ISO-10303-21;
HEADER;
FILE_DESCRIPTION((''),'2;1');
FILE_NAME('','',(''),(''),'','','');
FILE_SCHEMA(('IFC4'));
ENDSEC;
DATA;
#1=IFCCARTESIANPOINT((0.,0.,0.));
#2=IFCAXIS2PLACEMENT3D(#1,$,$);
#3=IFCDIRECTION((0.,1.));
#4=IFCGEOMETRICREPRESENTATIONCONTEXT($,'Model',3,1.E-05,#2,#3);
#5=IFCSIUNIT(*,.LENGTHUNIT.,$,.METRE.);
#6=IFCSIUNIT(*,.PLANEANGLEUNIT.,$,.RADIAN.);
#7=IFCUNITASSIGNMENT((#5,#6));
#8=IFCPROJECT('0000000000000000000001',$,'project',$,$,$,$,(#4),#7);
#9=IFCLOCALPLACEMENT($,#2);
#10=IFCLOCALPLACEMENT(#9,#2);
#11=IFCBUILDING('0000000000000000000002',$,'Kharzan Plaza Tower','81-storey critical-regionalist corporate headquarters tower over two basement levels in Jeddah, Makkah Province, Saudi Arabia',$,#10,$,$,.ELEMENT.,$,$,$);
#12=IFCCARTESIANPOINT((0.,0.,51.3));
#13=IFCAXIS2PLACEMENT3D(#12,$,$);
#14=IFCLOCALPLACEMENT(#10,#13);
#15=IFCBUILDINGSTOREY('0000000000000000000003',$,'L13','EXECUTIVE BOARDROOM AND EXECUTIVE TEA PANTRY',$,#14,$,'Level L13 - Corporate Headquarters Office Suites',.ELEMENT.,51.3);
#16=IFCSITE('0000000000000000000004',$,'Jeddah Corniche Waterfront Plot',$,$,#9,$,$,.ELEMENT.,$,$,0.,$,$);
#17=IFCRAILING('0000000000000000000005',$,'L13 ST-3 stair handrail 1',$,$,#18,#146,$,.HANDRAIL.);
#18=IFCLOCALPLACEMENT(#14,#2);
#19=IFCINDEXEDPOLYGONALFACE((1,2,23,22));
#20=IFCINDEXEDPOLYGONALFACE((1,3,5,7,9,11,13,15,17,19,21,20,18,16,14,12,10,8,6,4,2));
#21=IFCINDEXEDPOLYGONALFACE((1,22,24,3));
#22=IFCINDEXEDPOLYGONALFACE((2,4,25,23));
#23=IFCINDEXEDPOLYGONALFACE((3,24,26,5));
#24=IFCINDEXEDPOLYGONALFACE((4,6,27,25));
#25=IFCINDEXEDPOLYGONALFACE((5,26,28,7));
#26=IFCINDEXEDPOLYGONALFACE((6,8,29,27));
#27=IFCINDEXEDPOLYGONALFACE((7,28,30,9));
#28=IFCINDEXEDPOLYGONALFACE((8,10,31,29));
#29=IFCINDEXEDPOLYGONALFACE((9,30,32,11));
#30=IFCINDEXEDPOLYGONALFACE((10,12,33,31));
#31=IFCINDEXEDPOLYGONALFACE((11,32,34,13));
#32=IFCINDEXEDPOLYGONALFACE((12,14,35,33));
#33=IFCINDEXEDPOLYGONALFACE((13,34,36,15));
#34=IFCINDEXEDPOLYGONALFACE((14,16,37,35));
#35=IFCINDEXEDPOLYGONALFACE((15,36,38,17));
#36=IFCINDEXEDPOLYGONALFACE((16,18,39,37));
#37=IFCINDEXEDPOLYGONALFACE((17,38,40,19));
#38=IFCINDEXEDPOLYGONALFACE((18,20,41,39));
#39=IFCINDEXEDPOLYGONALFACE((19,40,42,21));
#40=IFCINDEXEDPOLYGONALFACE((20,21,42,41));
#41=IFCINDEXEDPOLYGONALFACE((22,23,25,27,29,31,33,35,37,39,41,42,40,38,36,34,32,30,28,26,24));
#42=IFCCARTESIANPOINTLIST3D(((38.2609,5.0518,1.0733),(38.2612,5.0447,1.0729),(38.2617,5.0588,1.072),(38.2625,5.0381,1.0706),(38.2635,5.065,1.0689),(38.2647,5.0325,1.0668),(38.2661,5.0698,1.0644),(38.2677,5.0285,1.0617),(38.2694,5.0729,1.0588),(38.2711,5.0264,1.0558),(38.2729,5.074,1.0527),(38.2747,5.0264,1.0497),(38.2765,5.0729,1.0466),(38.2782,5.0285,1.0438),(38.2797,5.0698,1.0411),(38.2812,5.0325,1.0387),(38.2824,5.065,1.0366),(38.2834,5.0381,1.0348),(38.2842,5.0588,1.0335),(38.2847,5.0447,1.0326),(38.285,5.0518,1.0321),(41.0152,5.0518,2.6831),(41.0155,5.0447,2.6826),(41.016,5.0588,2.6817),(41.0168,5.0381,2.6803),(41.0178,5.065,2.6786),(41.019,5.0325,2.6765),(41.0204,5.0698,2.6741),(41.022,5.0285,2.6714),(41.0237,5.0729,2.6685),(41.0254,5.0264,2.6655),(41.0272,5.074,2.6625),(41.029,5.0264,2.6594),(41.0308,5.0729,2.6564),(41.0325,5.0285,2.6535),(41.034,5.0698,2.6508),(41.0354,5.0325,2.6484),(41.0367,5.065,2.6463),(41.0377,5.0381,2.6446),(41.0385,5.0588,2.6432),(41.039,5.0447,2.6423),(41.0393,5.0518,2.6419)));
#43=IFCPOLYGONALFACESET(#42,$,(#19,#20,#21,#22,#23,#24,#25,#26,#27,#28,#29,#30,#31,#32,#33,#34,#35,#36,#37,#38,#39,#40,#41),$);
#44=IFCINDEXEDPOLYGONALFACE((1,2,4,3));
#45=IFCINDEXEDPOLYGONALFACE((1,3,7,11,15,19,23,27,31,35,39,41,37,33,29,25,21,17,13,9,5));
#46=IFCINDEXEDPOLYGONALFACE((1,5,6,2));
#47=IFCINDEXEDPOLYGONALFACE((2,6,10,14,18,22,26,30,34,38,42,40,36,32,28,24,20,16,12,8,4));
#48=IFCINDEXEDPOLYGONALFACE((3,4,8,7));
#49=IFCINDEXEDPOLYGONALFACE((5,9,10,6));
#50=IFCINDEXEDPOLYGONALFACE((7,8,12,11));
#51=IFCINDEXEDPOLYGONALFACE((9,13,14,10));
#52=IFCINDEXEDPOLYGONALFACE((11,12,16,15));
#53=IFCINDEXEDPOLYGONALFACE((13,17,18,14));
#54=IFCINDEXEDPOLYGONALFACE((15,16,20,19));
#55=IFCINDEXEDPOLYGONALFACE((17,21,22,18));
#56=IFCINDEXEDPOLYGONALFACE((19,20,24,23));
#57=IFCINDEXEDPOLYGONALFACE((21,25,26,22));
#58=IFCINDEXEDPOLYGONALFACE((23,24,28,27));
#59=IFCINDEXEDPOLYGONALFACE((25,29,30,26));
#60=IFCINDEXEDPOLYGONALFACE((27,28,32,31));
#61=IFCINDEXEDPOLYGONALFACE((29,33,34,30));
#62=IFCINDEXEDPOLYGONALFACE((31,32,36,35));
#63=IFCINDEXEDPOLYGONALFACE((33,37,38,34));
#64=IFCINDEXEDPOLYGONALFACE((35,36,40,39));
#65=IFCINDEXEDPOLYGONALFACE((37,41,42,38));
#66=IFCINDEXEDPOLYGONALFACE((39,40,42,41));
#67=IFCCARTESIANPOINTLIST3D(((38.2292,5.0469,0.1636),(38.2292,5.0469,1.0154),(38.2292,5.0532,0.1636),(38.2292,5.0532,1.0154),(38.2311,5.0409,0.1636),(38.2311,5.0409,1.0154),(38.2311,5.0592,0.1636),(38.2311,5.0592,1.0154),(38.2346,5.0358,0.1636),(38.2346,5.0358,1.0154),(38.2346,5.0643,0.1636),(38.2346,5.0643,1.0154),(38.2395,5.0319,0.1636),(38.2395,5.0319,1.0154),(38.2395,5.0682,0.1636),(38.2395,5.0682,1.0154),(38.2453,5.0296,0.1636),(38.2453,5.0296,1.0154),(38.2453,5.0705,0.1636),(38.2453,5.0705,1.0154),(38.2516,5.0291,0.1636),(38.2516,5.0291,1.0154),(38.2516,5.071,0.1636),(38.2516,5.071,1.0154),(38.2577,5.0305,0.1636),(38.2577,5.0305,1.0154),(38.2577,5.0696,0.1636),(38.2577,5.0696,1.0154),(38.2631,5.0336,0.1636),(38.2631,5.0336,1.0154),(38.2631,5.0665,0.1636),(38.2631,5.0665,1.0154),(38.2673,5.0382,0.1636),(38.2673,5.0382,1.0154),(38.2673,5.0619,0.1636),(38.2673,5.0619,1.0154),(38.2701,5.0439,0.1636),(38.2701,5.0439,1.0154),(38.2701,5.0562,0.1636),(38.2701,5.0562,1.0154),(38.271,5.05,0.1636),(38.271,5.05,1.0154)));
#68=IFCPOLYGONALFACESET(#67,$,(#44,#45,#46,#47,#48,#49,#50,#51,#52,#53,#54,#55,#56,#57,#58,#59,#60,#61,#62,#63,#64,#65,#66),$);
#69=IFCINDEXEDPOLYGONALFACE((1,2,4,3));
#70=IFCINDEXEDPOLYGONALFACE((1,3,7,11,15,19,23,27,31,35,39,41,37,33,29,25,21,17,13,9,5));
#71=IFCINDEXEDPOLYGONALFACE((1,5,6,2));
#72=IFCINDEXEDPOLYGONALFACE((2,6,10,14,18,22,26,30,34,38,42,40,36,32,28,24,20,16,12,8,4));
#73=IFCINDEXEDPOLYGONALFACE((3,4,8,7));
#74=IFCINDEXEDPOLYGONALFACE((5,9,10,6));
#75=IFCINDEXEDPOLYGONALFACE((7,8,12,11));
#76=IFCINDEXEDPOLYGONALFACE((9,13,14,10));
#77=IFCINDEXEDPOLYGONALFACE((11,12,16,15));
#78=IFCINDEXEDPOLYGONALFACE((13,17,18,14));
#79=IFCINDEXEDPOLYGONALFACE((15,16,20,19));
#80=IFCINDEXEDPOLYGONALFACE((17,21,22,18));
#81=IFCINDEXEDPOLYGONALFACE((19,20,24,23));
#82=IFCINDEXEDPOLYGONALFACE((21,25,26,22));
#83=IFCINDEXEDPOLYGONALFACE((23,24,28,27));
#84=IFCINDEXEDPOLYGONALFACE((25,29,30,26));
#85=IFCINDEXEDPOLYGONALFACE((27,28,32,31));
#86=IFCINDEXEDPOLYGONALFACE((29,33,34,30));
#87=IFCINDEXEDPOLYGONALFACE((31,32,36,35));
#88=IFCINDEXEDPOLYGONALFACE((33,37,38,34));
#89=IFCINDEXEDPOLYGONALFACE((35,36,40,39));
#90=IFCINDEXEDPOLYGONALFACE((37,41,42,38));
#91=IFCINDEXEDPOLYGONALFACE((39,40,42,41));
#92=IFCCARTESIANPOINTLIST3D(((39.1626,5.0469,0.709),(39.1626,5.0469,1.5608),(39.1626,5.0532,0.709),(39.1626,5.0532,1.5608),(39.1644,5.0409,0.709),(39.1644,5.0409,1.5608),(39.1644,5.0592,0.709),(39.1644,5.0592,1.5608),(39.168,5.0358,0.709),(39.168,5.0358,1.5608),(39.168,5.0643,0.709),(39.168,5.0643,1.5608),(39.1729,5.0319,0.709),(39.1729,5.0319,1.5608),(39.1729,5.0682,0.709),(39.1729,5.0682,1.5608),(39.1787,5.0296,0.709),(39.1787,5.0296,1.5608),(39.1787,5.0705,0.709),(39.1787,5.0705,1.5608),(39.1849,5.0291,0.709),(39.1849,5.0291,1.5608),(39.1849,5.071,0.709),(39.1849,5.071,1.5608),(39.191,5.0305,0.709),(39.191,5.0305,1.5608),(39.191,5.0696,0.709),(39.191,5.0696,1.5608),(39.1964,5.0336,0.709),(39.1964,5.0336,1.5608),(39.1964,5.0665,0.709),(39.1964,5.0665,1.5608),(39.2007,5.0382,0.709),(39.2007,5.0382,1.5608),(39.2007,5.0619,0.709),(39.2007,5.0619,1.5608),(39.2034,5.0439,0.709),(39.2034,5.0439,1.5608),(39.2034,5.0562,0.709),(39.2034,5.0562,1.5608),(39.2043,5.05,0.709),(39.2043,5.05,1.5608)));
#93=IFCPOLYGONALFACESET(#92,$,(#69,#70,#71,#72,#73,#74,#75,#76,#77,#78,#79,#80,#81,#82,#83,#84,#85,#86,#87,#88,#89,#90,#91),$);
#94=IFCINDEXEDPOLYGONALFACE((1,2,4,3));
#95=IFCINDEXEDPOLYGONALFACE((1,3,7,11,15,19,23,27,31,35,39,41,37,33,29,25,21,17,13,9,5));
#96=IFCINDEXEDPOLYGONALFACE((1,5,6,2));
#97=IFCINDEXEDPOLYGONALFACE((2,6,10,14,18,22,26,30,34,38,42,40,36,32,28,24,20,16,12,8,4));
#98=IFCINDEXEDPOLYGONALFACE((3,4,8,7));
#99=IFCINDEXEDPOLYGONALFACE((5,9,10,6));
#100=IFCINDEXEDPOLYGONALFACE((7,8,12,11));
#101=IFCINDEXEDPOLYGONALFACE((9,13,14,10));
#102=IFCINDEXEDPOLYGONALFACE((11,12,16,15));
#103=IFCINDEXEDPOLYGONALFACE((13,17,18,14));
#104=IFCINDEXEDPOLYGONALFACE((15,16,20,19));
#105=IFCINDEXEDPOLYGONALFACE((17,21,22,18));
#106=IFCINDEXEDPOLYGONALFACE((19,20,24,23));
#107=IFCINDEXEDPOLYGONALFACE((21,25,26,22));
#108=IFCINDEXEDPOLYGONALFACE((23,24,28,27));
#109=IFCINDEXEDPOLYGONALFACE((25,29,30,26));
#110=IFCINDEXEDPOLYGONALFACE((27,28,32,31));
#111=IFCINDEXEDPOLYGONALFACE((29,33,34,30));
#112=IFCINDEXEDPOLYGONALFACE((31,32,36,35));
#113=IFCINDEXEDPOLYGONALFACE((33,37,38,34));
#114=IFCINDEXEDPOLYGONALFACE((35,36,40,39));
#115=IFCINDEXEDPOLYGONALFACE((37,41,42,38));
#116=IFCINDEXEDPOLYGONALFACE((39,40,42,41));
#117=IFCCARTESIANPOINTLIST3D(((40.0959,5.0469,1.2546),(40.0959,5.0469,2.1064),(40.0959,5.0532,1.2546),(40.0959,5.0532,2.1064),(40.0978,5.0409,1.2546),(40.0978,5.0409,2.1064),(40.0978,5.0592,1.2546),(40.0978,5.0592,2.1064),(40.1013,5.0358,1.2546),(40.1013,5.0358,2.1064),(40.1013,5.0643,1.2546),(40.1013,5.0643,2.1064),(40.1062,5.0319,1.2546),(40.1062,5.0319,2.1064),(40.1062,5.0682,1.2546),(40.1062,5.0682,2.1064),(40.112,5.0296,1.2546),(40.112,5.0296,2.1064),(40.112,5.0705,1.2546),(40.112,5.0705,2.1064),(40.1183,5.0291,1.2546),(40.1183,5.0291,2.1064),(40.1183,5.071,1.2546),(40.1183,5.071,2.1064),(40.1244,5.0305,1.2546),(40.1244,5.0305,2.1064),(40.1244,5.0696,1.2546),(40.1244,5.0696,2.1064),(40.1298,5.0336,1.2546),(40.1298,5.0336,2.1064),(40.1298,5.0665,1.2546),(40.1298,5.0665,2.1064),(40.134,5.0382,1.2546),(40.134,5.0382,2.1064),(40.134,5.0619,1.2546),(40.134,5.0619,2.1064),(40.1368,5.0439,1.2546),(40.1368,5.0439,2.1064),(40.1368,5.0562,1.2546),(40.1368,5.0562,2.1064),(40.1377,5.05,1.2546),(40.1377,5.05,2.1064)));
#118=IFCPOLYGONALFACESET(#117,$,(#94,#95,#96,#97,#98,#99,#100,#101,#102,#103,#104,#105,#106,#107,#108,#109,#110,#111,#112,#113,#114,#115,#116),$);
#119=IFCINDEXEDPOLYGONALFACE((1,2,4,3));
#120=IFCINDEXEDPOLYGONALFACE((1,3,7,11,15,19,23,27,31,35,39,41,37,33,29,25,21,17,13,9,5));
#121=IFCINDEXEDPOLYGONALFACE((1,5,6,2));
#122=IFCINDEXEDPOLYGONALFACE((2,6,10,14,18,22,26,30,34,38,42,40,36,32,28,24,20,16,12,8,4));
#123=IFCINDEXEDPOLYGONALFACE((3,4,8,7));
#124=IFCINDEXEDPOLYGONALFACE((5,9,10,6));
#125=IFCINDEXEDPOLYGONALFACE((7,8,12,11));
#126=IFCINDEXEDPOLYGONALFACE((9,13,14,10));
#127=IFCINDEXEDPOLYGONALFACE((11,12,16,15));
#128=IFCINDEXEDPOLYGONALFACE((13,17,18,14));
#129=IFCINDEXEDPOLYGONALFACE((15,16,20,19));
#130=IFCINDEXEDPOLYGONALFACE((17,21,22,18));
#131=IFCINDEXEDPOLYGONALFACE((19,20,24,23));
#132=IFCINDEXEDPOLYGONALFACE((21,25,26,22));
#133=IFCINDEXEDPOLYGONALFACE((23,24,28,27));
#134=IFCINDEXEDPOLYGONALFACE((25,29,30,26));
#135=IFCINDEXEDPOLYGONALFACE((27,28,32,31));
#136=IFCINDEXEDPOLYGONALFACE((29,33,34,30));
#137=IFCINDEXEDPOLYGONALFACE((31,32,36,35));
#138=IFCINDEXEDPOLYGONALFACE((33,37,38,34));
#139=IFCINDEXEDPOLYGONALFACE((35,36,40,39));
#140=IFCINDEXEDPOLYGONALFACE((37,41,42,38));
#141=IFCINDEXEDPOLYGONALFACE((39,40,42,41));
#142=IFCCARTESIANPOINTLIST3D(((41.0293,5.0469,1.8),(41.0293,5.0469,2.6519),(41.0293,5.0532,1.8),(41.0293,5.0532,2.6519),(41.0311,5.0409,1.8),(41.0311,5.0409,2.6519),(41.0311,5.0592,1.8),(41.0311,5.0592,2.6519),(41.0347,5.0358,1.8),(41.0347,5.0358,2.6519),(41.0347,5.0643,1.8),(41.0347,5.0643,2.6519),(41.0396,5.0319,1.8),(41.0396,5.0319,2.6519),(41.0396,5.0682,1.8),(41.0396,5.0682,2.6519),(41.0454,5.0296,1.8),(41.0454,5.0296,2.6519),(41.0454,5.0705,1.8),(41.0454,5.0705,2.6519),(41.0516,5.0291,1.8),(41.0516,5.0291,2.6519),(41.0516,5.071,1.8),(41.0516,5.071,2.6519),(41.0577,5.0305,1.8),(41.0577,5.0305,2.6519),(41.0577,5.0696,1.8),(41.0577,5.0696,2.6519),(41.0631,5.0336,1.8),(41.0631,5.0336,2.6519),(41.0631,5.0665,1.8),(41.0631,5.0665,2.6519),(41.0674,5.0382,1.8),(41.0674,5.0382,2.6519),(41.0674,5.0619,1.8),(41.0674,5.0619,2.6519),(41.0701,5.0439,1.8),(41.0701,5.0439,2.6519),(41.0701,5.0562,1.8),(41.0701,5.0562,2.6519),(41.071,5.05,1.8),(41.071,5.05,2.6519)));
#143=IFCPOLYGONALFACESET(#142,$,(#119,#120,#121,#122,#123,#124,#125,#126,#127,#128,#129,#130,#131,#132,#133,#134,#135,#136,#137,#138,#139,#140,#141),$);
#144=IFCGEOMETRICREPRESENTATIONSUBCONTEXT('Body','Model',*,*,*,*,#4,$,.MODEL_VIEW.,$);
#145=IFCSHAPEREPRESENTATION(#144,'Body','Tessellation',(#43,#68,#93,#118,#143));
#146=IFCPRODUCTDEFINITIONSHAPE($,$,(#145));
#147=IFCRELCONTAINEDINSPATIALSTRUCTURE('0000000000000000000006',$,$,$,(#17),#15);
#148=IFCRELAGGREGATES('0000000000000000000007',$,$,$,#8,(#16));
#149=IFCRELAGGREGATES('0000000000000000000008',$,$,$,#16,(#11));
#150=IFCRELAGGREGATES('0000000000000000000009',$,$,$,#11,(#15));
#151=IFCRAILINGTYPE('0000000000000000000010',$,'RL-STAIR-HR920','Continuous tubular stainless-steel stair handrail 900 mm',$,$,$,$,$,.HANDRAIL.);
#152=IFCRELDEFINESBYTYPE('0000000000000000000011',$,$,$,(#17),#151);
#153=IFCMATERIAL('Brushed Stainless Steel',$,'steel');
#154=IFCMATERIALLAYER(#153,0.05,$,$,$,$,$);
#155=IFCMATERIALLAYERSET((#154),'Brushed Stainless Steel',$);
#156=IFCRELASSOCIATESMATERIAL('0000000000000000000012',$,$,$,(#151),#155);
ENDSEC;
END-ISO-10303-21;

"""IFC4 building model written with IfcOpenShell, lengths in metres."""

from ifc_helpers import new_model, si_unit, direction, frame, origin, origin_2d, place, context, subcontext, project, spatial, circle, extrude, source, transform, mapped, material, layer, layer_set, type_object, element, save


model = new_model("IFC4")

# Units and contexts
model_context = context("Model", 3, precision=1e-05, world=origin(), true_north=direction((0.0, 1.0)))
body_context = subcontext(model_context, "Body", "Model", "MODEL_VIEW")
ifc_project = project(units=[si_unit("LENGTHUNIT", "METRE"), si_unit("PLANEANGLEUNIT", "RADIAN")], contexts=[model_context])

# Site, building, storey
site_placement = place(None, origin())
site = spatial("IfcSite", under=ifc_project, at=site_placement, Name="Jeddah Corniche Waterfront Plot", CompositionType="ELEMENT", RefElevation=0.0)
building_placement = place(site_placement, origin())
building = spatial("IfcBuilding", under=site, at=building_placement, Name="Kharzan Plaza Tower", Description="81-storey critical-regionalist corporate headquarters tower over two basement levels in Jeddah, Makkah Province, Saudi Arabia", CompositionType="ELEMENT")
storey_placement = place(building_placement, frame((0.0, 0.0, 51.3)))
storey = spatial("IfcBuildingStorey", under=building, at=storey_placement, Name="L13", Description="EXECUTIVE BOARDROOM AND EXECUTIVE TEA PANTRY", LongName="Level L13 - Corporate Headquarters Office Suites", CompositionType="ELEMENT", Elevation=51.3)

# Shared definitions
ifc_material_1 = material(Name="Brushed Stainless Steel", Category="steel")

# Railing
ifc_layer_1 = layer(ifc_material_1, 0.05)
ifc_layer_set_1 = layer_set([ifc_layer_1], Name="Brushed Stainless Steel")
railing_type_1 = type_object("IfcRailingType", Name="RL-STAIR-HR920", Description="Continuous tubular stainless-steel stair handrail 900 mm", PredefinedType="HANDRAIL", material=ifc_layer_set_1)
shared_shape_1 = source(origin(), body_context, "Body", "SweptSolid", [
    extrude(circle(Radius=0.0239, at=origin_2d()), frame((0.0229, 0.0, 0.8892), z_axis=(0.863361, 0.0, 0.504587), x_axis=(0.0, 1.0, 0.0)), (0.0, 0.0, 1.0), 3.1902),
    extrude(circle(Radius=0.021, at=origin_2d()), origin(), (0.0, 0.0, 1.0), 0.8518),
    extrude(circle(Radius=0.021, at=origin_2d()), frame((0.9333, 0.0, 0.5454)), (0.0, 0.0, 1.0), 0.8518),
    extrude(circle(Radius=0.021, at=origin_2d()), frame((1.8667, 0.0, 1.0911)), (0.0, 0.0, 1.0), 0.8518),
    extrude(circle(Radius=0.021, at=origin_2d()), frame((2.8, 0.0, 1.6365)), (0.0, 0.0, 1.0), 0.8518),
])
railing_1_placement = place(storey_placement, frame((38.25, 5.05, 0.1636)))
element("IfcRailing", 1, at=railing_1_placement, inside=storey, type_object=railing_type_1, Name="L13 ST-3 stair handrail 1", PredefinedType="HANDRAIL", context=body_context, shape_type="MappedRepresentation", body=[
    mapped(shared_shape_1, transform((0.0, 0.0, 0.0), x_axis=(1.0, 0.0, 0.0), y_axis=(0.0, 1.0, 0.0), z_axis=(0.0, 0.0, 1.0))),
])

save(model, "model.ifc")
